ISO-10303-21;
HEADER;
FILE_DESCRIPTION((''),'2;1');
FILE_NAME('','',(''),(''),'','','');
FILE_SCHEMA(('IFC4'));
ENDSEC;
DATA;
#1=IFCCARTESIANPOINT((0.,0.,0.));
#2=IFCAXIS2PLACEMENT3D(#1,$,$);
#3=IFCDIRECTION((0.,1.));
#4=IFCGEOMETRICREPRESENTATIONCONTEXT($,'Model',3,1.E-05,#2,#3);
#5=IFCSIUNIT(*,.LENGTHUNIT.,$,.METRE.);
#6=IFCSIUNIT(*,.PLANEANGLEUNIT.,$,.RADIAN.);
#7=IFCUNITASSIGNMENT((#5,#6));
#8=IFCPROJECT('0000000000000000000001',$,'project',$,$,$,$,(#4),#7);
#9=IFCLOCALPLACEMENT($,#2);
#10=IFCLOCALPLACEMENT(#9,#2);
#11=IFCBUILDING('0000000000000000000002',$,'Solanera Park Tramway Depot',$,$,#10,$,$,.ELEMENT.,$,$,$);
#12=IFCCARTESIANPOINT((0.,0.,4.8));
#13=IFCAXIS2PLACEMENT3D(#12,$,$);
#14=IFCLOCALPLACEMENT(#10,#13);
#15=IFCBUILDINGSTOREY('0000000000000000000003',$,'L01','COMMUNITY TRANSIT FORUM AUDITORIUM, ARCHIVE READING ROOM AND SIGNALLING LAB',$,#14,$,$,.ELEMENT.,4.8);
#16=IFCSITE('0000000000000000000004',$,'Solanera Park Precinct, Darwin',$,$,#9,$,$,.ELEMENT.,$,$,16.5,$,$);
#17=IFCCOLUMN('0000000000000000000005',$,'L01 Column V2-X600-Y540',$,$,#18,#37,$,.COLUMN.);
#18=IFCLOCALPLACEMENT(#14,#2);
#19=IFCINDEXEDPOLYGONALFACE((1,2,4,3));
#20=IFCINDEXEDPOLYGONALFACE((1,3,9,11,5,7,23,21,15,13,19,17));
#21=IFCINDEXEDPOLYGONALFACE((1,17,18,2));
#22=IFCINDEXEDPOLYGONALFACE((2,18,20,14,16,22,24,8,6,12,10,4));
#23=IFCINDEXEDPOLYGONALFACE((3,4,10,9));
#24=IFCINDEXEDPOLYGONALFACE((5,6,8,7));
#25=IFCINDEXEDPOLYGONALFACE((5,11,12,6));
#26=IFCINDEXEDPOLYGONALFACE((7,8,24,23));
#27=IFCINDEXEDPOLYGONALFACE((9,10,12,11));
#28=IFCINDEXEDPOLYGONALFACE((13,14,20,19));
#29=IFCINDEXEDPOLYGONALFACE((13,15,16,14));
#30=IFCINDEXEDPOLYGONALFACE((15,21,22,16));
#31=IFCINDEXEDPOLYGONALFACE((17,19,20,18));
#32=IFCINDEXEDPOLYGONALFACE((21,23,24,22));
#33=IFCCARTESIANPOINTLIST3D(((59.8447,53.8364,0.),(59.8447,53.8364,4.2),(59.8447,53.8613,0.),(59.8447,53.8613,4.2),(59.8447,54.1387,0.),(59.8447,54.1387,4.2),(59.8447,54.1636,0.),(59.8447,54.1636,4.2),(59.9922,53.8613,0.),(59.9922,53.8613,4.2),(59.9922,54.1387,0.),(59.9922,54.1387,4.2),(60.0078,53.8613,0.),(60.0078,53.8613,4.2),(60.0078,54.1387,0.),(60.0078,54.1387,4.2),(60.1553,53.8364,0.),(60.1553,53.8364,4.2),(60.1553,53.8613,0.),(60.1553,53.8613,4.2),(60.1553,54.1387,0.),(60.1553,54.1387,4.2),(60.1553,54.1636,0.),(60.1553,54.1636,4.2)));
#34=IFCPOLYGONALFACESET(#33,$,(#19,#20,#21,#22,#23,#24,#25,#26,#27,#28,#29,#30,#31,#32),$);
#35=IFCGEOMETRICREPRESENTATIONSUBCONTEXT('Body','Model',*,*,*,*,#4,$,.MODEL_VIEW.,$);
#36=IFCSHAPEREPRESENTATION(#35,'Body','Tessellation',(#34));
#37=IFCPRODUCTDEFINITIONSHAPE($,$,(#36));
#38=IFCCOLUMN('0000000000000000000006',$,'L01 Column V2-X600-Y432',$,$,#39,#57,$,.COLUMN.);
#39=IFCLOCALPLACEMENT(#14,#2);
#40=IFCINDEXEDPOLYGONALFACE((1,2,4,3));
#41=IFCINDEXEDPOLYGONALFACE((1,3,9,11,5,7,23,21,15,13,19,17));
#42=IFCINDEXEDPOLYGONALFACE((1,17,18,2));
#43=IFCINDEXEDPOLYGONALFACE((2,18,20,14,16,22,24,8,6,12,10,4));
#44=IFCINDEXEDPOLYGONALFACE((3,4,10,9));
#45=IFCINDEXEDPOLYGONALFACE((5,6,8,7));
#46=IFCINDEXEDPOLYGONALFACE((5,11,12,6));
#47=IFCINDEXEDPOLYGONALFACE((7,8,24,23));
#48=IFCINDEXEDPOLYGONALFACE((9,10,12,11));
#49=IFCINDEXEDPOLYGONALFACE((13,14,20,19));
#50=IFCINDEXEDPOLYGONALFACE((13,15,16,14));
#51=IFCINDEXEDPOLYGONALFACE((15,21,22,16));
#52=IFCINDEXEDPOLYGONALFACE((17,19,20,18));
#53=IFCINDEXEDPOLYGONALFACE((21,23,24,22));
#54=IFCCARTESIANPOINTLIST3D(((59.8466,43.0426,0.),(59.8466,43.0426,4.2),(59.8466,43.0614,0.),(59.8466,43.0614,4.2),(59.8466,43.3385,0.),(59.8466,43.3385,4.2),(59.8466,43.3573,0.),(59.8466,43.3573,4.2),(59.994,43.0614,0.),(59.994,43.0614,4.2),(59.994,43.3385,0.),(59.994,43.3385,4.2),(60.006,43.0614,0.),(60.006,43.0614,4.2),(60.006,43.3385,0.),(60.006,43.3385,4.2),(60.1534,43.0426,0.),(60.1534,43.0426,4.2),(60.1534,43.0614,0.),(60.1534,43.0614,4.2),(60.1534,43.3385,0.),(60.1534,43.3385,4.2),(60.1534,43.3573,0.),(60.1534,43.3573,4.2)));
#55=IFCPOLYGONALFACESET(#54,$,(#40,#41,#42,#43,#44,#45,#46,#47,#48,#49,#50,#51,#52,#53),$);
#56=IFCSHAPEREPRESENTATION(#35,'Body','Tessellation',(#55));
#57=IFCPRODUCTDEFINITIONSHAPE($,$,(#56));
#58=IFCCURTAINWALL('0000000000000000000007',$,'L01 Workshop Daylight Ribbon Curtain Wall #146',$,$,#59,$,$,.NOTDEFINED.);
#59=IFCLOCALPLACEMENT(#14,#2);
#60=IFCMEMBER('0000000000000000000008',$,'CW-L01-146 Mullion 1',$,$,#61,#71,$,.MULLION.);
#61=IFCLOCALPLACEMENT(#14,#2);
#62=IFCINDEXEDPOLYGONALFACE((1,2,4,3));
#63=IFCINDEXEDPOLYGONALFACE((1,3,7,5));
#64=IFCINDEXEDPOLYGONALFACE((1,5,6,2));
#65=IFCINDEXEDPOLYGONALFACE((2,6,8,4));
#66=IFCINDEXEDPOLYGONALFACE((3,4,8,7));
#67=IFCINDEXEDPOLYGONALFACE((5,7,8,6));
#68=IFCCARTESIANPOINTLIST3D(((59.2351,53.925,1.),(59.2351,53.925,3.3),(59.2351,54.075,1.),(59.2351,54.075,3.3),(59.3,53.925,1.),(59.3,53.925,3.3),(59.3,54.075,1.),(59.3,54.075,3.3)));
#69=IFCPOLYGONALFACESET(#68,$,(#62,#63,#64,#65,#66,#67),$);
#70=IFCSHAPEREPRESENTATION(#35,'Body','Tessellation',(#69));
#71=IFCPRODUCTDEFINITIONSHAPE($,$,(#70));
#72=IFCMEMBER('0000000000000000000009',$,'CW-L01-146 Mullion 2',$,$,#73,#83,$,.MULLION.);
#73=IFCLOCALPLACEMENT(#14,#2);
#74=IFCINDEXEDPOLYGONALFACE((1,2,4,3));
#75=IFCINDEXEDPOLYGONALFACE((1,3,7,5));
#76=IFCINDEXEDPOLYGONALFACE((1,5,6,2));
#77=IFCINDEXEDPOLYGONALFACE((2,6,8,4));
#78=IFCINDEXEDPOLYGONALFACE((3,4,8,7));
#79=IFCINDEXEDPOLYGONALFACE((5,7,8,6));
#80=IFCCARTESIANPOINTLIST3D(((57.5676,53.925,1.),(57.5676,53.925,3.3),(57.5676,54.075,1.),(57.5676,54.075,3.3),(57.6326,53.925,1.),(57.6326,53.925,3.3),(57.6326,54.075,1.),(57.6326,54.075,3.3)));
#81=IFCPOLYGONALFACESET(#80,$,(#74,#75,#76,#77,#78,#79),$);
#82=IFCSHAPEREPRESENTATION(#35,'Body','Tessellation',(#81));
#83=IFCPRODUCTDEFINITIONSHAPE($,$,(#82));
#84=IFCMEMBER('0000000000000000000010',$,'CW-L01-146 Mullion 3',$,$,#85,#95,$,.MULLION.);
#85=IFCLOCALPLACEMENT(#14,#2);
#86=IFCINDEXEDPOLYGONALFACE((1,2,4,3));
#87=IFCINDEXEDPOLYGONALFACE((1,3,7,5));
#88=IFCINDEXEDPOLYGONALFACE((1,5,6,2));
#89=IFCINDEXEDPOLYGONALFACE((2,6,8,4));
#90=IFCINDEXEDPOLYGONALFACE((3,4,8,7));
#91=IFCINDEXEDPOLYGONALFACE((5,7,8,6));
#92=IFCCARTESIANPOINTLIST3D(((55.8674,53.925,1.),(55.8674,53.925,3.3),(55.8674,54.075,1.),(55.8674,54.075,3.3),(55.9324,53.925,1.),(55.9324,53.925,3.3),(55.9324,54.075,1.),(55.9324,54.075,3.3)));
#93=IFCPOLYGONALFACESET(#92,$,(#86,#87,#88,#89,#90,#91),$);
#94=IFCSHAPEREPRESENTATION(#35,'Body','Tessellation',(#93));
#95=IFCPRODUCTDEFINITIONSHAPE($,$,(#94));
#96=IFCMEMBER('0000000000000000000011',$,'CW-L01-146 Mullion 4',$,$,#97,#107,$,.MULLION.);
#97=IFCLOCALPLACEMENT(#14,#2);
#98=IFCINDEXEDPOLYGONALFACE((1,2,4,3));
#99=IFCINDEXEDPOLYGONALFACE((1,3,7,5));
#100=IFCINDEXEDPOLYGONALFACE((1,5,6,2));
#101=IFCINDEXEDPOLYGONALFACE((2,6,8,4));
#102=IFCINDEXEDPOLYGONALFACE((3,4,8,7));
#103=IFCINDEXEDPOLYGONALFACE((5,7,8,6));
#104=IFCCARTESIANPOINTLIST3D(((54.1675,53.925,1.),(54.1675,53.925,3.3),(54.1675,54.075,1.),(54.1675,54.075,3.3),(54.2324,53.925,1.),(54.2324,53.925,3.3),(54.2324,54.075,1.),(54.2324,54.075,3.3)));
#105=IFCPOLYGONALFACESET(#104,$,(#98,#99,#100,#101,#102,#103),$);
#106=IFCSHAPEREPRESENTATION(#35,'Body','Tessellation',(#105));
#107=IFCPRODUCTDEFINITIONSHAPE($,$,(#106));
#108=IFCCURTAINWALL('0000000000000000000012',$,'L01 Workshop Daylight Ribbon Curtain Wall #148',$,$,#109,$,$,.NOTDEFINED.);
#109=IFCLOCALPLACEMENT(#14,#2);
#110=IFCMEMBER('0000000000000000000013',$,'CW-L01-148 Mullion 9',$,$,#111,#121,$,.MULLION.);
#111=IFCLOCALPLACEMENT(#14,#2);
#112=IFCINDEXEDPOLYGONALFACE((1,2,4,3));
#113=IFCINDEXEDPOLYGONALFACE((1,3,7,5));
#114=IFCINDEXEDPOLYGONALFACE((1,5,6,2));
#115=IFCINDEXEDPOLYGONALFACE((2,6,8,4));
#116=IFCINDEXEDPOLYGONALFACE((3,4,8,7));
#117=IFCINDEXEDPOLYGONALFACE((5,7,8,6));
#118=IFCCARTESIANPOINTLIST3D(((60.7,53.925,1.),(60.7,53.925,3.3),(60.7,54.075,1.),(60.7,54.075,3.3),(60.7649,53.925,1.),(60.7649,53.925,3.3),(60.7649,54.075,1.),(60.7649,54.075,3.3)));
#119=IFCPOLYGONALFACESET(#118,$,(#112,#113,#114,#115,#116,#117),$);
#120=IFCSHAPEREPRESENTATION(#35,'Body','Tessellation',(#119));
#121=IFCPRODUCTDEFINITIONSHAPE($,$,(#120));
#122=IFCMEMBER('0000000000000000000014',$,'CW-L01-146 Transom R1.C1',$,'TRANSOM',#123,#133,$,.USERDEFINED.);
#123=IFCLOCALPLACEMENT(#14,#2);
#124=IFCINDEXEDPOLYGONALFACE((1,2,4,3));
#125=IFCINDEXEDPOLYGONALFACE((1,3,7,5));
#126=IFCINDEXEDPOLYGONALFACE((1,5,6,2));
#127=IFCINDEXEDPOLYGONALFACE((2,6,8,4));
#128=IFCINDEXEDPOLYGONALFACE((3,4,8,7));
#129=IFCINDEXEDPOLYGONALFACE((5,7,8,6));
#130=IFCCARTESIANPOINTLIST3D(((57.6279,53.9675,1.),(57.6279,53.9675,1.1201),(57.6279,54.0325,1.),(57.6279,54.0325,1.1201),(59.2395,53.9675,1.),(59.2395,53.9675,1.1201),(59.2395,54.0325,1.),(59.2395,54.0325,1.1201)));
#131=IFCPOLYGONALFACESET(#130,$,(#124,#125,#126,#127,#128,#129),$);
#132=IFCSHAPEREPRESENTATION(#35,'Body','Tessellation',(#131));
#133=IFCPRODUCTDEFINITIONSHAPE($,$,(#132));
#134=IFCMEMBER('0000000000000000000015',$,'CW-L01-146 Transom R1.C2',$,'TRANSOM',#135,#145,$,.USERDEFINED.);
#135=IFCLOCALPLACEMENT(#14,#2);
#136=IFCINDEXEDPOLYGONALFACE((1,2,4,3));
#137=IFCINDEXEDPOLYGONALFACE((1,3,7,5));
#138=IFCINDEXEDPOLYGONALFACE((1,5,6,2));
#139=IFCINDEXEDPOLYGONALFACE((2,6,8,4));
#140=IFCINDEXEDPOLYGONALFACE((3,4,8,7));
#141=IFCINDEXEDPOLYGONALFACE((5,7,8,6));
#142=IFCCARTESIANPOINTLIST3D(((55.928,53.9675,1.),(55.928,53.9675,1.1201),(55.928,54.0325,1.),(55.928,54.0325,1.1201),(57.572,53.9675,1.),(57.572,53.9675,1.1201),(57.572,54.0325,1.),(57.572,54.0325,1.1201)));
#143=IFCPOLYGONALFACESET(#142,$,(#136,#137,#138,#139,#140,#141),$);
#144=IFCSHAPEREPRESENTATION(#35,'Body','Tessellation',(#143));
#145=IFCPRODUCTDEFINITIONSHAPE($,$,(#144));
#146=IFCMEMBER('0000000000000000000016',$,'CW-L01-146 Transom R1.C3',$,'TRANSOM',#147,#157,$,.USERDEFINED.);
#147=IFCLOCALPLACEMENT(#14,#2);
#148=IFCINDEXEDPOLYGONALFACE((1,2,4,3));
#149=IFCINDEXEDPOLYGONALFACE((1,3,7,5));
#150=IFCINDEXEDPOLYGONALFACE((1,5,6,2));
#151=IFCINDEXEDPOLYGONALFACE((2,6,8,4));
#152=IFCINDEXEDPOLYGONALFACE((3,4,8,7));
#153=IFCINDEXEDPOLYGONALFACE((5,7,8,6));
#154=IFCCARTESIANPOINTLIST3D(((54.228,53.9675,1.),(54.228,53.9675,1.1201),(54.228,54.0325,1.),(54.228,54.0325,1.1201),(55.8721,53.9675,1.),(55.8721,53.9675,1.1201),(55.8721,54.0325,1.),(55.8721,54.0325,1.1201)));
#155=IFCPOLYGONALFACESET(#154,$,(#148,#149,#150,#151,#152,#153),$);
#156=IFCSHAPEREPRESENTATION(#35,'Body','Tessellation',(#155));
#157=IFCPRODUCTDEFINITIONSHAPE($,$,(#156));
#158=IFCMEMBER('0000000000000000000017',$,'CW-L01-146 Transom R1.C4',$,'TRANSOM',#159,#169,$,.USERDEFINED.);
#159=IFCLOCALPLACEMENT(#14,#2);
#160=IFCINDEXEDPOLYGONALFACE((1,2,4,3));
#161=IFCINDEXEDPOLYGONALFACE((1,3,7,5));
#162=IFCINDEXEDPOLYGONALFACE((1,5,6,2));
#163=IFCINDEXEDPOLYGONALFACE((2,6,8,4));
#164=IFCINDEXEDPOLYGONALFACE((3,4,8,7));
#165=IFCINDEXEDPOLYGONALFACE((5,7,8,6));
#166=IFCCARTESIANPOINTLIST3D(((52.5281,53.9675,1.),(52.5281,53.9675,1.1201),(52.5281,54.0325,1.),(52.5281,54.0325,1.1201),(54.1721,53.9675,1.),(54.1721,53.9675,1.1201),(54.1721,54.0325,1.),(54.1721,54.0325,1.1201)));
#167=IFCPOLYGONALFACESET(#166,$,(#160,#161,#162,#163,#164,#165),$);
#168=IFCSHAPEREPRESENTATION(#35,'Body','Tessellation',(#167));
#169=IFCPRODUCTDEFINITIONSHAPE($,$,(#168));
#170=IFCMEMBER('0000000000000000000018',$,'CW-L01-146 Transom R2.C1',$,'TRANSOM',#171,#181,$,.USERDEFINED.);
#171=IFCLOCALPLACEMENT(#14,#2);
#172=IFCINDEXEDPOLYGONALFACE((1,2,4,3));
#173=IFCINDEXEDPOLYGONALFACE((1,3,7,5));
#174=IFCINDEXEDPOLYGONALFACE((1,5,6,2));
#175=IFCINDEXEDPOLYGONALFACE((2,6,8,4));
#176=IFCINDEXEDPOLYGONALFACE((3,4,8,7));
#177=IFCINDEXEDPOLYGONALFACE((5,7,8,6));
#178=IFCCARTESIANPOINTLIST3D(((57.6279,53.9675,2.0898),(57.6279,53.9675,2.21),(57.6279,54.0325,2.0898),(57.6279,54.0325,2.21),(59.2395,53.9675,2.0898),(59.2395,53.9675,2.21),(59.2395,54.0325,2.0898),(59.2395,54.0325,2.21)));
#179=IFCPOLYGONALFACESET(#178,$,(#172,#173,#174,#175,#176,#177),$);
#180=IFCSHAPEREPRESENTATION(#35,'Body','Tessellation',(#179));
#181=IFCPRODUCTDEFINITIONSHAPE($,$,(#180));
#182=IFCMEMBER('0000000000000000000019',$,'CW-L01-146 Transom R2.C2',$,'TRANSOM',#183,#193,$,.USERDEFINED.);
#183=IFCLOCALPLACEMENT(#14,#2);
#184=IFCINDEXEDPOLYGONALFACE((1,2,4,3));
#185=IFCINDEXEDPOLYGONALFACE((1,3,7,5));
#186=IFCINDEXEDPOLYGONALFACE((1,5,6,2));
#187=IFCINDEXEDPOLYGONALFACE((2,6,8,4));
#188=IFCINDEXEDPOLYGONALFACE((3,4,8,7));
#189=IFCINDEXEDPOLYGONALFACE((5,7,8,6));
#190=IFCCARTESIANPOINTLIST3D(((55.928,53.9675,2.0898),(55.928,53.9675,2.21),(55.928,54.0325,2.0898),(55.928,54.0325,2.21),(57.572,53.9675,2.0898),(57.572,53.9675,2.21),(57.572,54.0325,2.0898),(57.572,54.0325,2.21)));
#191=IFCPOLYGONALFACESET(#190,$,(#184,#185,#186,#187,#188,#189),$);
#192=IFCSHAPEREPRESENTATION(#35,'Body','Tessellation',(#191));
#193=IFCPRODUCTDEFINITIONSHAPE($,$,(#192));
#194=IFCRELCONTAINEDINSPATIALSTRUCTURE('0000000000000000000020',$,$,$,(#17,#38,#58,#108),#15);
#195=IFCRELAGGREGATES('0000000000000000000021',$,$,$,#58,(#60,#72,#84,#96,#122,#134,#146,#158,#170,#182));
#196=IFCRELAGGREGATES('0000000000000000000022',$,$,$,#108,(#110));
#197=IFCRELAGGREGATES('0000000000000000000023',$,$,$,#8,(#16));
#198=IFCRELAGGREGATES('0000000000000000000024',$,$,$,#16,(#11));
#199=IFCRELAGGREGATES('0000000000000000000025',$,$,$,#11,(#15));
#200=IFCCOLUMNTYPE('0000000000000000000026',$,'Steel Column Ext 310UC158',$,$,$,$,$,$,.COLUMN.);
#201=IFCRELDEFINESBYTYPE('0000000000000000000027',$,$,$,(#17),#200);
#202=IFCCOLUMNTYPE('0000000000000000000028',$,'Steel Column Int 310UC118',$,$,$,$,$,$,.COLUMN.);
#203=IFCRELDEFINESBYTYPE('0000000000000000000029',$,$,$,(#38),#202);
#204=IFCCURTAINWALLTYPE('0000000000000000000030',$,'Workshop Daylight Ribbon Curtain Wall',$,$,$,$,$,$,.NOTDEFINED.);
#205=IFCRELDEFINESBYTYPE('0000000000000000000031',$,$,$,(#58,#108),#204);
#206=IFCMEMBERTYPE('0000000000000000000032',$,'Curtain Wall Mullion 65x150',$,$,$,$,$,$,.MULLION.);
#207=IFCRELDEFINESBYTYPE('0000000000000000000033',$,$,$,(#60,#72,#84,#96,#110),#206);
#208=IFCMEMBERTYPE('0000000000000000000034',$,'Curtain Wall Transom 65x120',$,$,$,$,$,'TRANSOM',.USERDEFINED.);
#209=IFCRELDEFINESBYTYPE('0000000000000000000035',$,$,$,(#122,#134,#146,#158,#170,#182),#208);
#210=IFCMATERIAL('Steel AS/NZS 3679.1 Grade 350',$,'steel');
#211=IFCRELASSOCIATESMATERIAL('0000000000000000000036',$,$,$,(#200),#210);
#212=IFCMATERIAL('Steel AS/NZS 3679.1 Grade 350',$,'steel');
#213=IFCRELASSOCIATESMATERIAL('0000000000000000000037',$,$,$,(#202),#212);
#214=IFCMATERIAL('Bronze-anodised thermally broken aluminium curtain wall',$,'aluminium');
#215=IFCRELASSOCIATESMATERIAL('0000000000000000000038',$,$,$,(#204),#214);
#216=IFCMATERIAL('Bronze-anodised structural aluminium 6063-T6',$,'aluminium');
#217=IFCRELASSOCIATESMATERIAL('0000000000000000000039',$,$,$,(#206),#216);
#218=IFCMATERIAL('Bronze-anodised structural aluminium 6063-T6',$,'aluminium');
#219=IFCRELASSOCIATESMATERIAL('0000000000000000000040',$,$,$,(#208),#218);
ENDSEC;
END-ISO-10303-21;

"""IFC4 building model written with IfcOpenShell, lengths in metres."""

from ifc_helpers import new_model, si_unit, direction, frame, origin, origin_2d, place, context, subcontext, project, spatial, rectangle, i_section, extrude, material, material_profile, profile_set, type_object, element, aggregate, save


model = new_model("IFC4")

# Units and contexts
model_context = context("Model", 3, precision=1e-05, world=origin(), true_north=direction((0.0, 1.0)))
body_context = subcontext(model_context, "Body", "Model", "MODEL_VIEW")
ifc_project = project(units=[si_unit("LENGTHUNIT", "METRE"), si_unit("PLANEANGLEUNIT", "RADIAN")], contexts=[model_context])

# Site, building, storey
site_placement = place(None, origin())
site = spatial("IfcSite", under=ifc_project, at=site_placement, Name="Solanera Park Precinct, Darwin", CompositionType="ELEMENT", RefElevation=16.5)
building_placement = place(site_placement, origin())
building = spatial("IfcBuilding", under=site, at=building_placement, Name="Solanera Park Tramway Depot", CompositionType="ELEMENT")
storey_placement = place(building_placement, frame((0.0, 0.0, 4.8)))
storey = spatial("IfcBuildingStorey", under=building, at=storey_placement, Name="L01", Description="COMMUNITY TRANSIT FORUM AUDITORIUM, ARCHIVE READING ROOM AND SIGNALLING LAB", CompositionType="ELEMENT", Elevation=4.8)

# Columns
ifc_material_1 = material(Name="Steel AS/NZS 3679.1 Grade 350", Category="steel")
ifc_material_profile_1 = material_profile(ifc_material_1, i_section(OverallWidth=0.3105, OverallDepth=0.3271, WebThickness=0.0156, FlangeThickness=0.0249, at=origin_2d()), Name="310UC158")
ifc_profile_set_1 = profile_set([ifc_material_profile_1], Name="Steel AS/NZS 3679.1 Grade 350")
column_type_1 = type_object("IfcColumnType", Name="Steel Column Ext 310UC158", PredefinedType="COLUMN", material=ifc_profile_set_1)
column_1_placement = place(storey_placement, frame((60.0, 54.0, 0.0), z_axis=(0.0, 0.0, 1.0), x_axis=(1.0, 0.0, 0.0)))
element("IfcColumn", 1, at=column_1_placement, inside=storey, type_object=column_type_1, Name="L01 Column V2-X600-Y540", PredefinedType="COLUMN", context=body_context, shape_type="SweptSolid", body=[
    extrude(i_section(OverallWidth=0.3105, OverallDepth=0.3271, WebThickness=0.0156, FlangeThickness=0.0249, at=origin_2d()), origin(), (0.0, 0.0, 1.0), 4.2),
])
ifc_material_2 = material(Name="Steel AS/NZS 3679.1 Grade 350", Category="steel")
ifc_material_profile_2 = material_profile(ifc_material_2, i_section(OverallWidth=0.3069, OverallDepth=0.3147, WebThickness=0.012, FlangeThickness=0.0188, at=origin_2d()), Name="310UC118")
ifc_profile_set_2 = profile_set([ifc_material_profile_2], Name="Steel AS/NZS 3679.1 Grade 350")
column_type_2 = type_object("IfcColumnType", Name="Steel Column Int 310UC118", PredefinedType="COLUMN", material=ifc_profile_set_2)
column_2_placement = place(storey_placement, frame((60.0, 43.2, 0.0), z_axis=(0.0, 0.0, 1.0), x_axis=(1.0, 0.0, 0.0)))
element("IfcColumn", 2, at=column_2_placement, inside=storey, type_object=column_type_2, Name="L01 Column V2-X600-Y432", PredefinedType="COLUMN", context=body_context, shape_type="SweptSolid", body=[
    extrude(i_section(OverallWidth=0.3069, OverallDepth=0.3147, WebThickness=0.012, FlangeThickness=0.0188, at=origin_2d()), origin(), (0.0, 0.0, 1.0), 4.2),
])

# Curtain wall, members
ifc_material_3 = material(Name="Bronze-anodised thermally broken aluminium curtain wall", Category="aluminium")
curtain_wall_type = type_object("IfcCurtainWallType", Name="Workshop Daylight Ribbon Curtain Wall", PredefinedType="NOTDEFINED", material=ifc_material_3)
curtain_wall_1_placement = place(storey_placement, origin())
curtain_wall_1 = element("IfcCurtainWall", 3, at=curtain_wall_1_placement, inside=storey, type_object=curtain_wall_type, Name="L01 Workshop Daylight Ribbon Curtain Wall #146", PredefinedType="NOTDEFINED")
ifc_material_4 = material(Name="Bronze-anodised structural aluminium 6063-T6", Category="aluminium")
ifc_material_profile_3 = material_profile(ifc_material_4, rectangle(XDim=0.0649, YDim=0.1499, at=origin_2d()), Name="Curtain Wall Mullion 65x150")
ifc_profile_set_3 = profile_set([ifc_material_profile_3], Name="Bronze-anodised structural aluminium 6063-T6")
member_type_1 = type_object("IfcMemberType", Name="Curtain Wall Mullion 65x150", PredefinedType="MULLION", material=ifc_profile_set_3)
member_1_placement = place(storey_placement, frame((59.2676, 54.0, 1.0), z_axis=(0.0, 0.0, 1.0), x_axis=(1.0, 0.0, 0.0)))
member_1 = element("IfcMember", 4, at=member_1_placement, type_object=member_type_1, Name="CW-L01-146 Mullion 1", PredefinedType="MULLION", context=body_context, shape_type="SweptSolid", body=[
    extrude(rectangle(XDim=0.0649, YDim=0.1499, at=origin_2d()), origin(), (0.0, 0.0, 1.0), 2.3),
])
member_2_placement = place(storey_placement, frame((57.6001, 54.0, 1.0), z_axis=(0.0, 0.0, 1.0), x_axis=(1.0, 0.0, 0.0)))
member_2 = element("IfcMember", 5, at=member_2_placement, type_object=member_type_1, Name="CW-L01-146 Mullion 2", PredefinedType="MULLION", context=body_context, shape_type="SweptSolid", body=[
    extrude(rectangle(XDim=0.0649, YDim=0.1499, at=origin_2d()), origin(), (0.0, 0.0, 1.0), 2.3),
])
member_3_placement = place(storey_placement, frame((55.8999, 54.0, 1.0), z_axis=(0.0, 0.0, 1.0), x_axis=(1.0, 0.0, 0.0)))
member_3 = element("IfcMember", 6, at=member_3_placement, type_object=member_type_1, Name="CW-L01-146 Mullion 3", PredefinedType="MULLION", context=body_context, shape_type="SweptSolid", body=[
    extrude(rectangle(XDim=0.0649, YDim=0.1499, at=origin_2d()), origin(), (0.0, 0.0, 1.0), 2.3),
])
member_4_placement = place(storey_placement, frame((54.2, 54.0, 1.0), z_axis=(0.0, 0.0, 1.0), x_axis=(1.0, 0.0, 0.0)))
member_4 = element("IfcMember", 7, at=member_4_placement, type_object=member_type_1, Name="CW-L01-146 Mullion 4", PredefinedType="MULLION", context=body_context, shape_type="SweptSolid", body=[
    extrude(rectangle(XDim=0.0649, YDim=0.1499, at=origin_2d()), origin(), (0.0, 0.0, 1.0), 2.3),
])

# Curtain wall, member
curtain_wall_2_placement = place(storey_placement, origin())
curtain_wall_2 = element("IfcCurtainWall", 8, at=curtain_wall_2_placement, inside=storey, type_object=curtain_wall_type, Name="L01 Workshop Daylight Ribbon Curtain Wall #148", PredefinedType="NOTDEFINED")
member_5_placement = place(storey_placement, frame((60.7324, 54.0, 1.0), z_axis=(0.0, 0.0, 1.0), x_axis=(1.0, 0.0, 0.0)))
member_5 = element("IfcMember", 9, at=member_5_placement, type_object=member_type_1, Name="CW-L01-148 Mullion 9", PredefinedType="MULLION", context=body_context, shape_type="SweptSolid", body=[
    extrude(rectangle(XDim=0.0649, YDim=0.1499, at=origin_2d()), origin(), (0.0, 0.0, 1.0), 2.3),
])

# Members
ifc_material_5 = material(Name="Bronze-anodised structural aluminium 6063-T6", Category="aluminium")
ifc_material_profile_4 = material_profile(ifc_material_5, rectangle(XDim=0.0649, YDim=0.1201, at=origin_2d()), Name="Curtain Wall Transom 65x120")
ifc_profile_set_4 = profile_set([ifc_material_profile_4], Name="Bronze-anodised structural aluminium 6063-T6")
member_type_2 = type_object("IfcMemberType", Name="Curtain Wall Transom 65x120", ElementType="TRANSOM", PredefinedType="USERDEFINED", material=ifc_profile_set_4)
member_6_placement = place(storey_placement, frame((59.2395, 54.0, 1.0601), z_axis=(-1.0, 0.0, 0.0), x_axis=(0.0, -1.0, 0.0)))
member_6 = element("IfcMember", 10, at=member_6_placement, type_object=member_type_2, Name="CW-L01-146 Transom R1.C1", ObjectType="TRANSOM", PredefinedType="USERDEFINED", context=body_context, shape_type="SweptSolid", body=[
    extrude(rectangle(XDim=0.0649, YDim=0.1201, at=origin_2d()), origin(), (0.0, 0.0, 1.0), 1.6116),
])
member_7_placement = place(storey_placement, frame((57.572, 54.0, 1.0601), z_axis=(-1.0, 0.0, 0.0), x_axis=(0.0, -1.0, 0.0)))
member_7 = element("IfcMember", 11, at=member_7_placement, type_object=member_type_2, Name="CW-L01-146 Transom R1.C2", ObjectType="TRANSOM", PredefinedType="USERDEFINED", context=body_context, shape_type="SweptSolid", body=[
    extrude(rectangle(XDim=0.0649, YDim=0.1201, at=origin_2d()), origin(), (0.0, 0.0, 1.0), 1.644),
])
member_8_placement = place(storey_placement, frame((55.8721, 54.0, 1.0601), z_axis=(-1.0, 0.0, 0.0), x_axis=(0.0, -1.0, 0.0)))
member_8 = element("IfcMember", 12, at=member_8_placement, type_object=member_type_2, Name="CW-L01-146 Transom R1.C3", ObjectType="TRANSOM", PredefinedType="USERDEFINED", context=body_context, shape_type="SweptSolid", body=[
    extrude(rectangle(XDim=0.0649, YDim=0.1201, at=origin_2d()), origin(), (0.0, 0.0, 1.0), 1.644),
])
member_9_placement = place(storey_placement, frame((54.1721, 54.0, 1.0601), z_axis=(-1.0, 0.0, 0.0), x_axis=(0.0, -1.0, 0.0)))
member_9 = element("IfcMember", 13, at=member_9_placement, type_object=member_type_2, Name="CW-L01-146 Transom R1.C4", ObjectType="TRANSOM", PredefinedType="USERDEFINED", context=body_context, shape_type="SweptSolid", body=[
    extrude(rectangle(XDim=0.0649, YDim=0.1201, at=origin_2d()), origin(), (0.0, 0.0, 1.0), 1.644),
])
member_10_placement = place(storey_placement, frame((59.2395, 54.0, 2.1499), z_axis=(-1.0, 0.0, 0.0), x_axis=(0.0, -1.0, 0.0)))
member_10 = element("IfcMember", 14, at=member_10_placement, type_object=member_type_2, Name="CW-L01-146 Transom R2.C1", ObjectType="TRANSOM", PredefinedType="USERDEFINED", context=body_context, shape_type="SweptSolid", body=[
    extrude(rectangle(XDim=0.0649, YDim=0.1201, at=origin_2d()), origin(), (0.0, 0.0, 1.0), 1.6116),
])
member_11_placement = place(storey_placement, frame((57.572, 54.0, 2.1499), z_axis=(-1.0, 0.0, 0.0), x_axis=(0.0, -1.0, 0.0)))
member_11 = element("IfcMember", 15, at=member_11_placement, type_object=member_type_2, Name="CW-L01-146 Transom R2.C2", ObjectType="TRANSOM", PredefinedType="USERDEFINED", context=body_context, shape_type="SweptSolid", body=[
    extrude(rectangle(XDim=0.0649, YDim=0.1201, at=origin_2d()), origin(), (0.0, 0.0, 1.0), 1.644),
])

aggregate(curtain_wall_1, [member_1, member_2, member_3, member_4, member_6, member_7, member_8, member_9, member_10, member_11])
aggregate(curtain_wall_2, [member_5])

save(model, "model.ifc")
